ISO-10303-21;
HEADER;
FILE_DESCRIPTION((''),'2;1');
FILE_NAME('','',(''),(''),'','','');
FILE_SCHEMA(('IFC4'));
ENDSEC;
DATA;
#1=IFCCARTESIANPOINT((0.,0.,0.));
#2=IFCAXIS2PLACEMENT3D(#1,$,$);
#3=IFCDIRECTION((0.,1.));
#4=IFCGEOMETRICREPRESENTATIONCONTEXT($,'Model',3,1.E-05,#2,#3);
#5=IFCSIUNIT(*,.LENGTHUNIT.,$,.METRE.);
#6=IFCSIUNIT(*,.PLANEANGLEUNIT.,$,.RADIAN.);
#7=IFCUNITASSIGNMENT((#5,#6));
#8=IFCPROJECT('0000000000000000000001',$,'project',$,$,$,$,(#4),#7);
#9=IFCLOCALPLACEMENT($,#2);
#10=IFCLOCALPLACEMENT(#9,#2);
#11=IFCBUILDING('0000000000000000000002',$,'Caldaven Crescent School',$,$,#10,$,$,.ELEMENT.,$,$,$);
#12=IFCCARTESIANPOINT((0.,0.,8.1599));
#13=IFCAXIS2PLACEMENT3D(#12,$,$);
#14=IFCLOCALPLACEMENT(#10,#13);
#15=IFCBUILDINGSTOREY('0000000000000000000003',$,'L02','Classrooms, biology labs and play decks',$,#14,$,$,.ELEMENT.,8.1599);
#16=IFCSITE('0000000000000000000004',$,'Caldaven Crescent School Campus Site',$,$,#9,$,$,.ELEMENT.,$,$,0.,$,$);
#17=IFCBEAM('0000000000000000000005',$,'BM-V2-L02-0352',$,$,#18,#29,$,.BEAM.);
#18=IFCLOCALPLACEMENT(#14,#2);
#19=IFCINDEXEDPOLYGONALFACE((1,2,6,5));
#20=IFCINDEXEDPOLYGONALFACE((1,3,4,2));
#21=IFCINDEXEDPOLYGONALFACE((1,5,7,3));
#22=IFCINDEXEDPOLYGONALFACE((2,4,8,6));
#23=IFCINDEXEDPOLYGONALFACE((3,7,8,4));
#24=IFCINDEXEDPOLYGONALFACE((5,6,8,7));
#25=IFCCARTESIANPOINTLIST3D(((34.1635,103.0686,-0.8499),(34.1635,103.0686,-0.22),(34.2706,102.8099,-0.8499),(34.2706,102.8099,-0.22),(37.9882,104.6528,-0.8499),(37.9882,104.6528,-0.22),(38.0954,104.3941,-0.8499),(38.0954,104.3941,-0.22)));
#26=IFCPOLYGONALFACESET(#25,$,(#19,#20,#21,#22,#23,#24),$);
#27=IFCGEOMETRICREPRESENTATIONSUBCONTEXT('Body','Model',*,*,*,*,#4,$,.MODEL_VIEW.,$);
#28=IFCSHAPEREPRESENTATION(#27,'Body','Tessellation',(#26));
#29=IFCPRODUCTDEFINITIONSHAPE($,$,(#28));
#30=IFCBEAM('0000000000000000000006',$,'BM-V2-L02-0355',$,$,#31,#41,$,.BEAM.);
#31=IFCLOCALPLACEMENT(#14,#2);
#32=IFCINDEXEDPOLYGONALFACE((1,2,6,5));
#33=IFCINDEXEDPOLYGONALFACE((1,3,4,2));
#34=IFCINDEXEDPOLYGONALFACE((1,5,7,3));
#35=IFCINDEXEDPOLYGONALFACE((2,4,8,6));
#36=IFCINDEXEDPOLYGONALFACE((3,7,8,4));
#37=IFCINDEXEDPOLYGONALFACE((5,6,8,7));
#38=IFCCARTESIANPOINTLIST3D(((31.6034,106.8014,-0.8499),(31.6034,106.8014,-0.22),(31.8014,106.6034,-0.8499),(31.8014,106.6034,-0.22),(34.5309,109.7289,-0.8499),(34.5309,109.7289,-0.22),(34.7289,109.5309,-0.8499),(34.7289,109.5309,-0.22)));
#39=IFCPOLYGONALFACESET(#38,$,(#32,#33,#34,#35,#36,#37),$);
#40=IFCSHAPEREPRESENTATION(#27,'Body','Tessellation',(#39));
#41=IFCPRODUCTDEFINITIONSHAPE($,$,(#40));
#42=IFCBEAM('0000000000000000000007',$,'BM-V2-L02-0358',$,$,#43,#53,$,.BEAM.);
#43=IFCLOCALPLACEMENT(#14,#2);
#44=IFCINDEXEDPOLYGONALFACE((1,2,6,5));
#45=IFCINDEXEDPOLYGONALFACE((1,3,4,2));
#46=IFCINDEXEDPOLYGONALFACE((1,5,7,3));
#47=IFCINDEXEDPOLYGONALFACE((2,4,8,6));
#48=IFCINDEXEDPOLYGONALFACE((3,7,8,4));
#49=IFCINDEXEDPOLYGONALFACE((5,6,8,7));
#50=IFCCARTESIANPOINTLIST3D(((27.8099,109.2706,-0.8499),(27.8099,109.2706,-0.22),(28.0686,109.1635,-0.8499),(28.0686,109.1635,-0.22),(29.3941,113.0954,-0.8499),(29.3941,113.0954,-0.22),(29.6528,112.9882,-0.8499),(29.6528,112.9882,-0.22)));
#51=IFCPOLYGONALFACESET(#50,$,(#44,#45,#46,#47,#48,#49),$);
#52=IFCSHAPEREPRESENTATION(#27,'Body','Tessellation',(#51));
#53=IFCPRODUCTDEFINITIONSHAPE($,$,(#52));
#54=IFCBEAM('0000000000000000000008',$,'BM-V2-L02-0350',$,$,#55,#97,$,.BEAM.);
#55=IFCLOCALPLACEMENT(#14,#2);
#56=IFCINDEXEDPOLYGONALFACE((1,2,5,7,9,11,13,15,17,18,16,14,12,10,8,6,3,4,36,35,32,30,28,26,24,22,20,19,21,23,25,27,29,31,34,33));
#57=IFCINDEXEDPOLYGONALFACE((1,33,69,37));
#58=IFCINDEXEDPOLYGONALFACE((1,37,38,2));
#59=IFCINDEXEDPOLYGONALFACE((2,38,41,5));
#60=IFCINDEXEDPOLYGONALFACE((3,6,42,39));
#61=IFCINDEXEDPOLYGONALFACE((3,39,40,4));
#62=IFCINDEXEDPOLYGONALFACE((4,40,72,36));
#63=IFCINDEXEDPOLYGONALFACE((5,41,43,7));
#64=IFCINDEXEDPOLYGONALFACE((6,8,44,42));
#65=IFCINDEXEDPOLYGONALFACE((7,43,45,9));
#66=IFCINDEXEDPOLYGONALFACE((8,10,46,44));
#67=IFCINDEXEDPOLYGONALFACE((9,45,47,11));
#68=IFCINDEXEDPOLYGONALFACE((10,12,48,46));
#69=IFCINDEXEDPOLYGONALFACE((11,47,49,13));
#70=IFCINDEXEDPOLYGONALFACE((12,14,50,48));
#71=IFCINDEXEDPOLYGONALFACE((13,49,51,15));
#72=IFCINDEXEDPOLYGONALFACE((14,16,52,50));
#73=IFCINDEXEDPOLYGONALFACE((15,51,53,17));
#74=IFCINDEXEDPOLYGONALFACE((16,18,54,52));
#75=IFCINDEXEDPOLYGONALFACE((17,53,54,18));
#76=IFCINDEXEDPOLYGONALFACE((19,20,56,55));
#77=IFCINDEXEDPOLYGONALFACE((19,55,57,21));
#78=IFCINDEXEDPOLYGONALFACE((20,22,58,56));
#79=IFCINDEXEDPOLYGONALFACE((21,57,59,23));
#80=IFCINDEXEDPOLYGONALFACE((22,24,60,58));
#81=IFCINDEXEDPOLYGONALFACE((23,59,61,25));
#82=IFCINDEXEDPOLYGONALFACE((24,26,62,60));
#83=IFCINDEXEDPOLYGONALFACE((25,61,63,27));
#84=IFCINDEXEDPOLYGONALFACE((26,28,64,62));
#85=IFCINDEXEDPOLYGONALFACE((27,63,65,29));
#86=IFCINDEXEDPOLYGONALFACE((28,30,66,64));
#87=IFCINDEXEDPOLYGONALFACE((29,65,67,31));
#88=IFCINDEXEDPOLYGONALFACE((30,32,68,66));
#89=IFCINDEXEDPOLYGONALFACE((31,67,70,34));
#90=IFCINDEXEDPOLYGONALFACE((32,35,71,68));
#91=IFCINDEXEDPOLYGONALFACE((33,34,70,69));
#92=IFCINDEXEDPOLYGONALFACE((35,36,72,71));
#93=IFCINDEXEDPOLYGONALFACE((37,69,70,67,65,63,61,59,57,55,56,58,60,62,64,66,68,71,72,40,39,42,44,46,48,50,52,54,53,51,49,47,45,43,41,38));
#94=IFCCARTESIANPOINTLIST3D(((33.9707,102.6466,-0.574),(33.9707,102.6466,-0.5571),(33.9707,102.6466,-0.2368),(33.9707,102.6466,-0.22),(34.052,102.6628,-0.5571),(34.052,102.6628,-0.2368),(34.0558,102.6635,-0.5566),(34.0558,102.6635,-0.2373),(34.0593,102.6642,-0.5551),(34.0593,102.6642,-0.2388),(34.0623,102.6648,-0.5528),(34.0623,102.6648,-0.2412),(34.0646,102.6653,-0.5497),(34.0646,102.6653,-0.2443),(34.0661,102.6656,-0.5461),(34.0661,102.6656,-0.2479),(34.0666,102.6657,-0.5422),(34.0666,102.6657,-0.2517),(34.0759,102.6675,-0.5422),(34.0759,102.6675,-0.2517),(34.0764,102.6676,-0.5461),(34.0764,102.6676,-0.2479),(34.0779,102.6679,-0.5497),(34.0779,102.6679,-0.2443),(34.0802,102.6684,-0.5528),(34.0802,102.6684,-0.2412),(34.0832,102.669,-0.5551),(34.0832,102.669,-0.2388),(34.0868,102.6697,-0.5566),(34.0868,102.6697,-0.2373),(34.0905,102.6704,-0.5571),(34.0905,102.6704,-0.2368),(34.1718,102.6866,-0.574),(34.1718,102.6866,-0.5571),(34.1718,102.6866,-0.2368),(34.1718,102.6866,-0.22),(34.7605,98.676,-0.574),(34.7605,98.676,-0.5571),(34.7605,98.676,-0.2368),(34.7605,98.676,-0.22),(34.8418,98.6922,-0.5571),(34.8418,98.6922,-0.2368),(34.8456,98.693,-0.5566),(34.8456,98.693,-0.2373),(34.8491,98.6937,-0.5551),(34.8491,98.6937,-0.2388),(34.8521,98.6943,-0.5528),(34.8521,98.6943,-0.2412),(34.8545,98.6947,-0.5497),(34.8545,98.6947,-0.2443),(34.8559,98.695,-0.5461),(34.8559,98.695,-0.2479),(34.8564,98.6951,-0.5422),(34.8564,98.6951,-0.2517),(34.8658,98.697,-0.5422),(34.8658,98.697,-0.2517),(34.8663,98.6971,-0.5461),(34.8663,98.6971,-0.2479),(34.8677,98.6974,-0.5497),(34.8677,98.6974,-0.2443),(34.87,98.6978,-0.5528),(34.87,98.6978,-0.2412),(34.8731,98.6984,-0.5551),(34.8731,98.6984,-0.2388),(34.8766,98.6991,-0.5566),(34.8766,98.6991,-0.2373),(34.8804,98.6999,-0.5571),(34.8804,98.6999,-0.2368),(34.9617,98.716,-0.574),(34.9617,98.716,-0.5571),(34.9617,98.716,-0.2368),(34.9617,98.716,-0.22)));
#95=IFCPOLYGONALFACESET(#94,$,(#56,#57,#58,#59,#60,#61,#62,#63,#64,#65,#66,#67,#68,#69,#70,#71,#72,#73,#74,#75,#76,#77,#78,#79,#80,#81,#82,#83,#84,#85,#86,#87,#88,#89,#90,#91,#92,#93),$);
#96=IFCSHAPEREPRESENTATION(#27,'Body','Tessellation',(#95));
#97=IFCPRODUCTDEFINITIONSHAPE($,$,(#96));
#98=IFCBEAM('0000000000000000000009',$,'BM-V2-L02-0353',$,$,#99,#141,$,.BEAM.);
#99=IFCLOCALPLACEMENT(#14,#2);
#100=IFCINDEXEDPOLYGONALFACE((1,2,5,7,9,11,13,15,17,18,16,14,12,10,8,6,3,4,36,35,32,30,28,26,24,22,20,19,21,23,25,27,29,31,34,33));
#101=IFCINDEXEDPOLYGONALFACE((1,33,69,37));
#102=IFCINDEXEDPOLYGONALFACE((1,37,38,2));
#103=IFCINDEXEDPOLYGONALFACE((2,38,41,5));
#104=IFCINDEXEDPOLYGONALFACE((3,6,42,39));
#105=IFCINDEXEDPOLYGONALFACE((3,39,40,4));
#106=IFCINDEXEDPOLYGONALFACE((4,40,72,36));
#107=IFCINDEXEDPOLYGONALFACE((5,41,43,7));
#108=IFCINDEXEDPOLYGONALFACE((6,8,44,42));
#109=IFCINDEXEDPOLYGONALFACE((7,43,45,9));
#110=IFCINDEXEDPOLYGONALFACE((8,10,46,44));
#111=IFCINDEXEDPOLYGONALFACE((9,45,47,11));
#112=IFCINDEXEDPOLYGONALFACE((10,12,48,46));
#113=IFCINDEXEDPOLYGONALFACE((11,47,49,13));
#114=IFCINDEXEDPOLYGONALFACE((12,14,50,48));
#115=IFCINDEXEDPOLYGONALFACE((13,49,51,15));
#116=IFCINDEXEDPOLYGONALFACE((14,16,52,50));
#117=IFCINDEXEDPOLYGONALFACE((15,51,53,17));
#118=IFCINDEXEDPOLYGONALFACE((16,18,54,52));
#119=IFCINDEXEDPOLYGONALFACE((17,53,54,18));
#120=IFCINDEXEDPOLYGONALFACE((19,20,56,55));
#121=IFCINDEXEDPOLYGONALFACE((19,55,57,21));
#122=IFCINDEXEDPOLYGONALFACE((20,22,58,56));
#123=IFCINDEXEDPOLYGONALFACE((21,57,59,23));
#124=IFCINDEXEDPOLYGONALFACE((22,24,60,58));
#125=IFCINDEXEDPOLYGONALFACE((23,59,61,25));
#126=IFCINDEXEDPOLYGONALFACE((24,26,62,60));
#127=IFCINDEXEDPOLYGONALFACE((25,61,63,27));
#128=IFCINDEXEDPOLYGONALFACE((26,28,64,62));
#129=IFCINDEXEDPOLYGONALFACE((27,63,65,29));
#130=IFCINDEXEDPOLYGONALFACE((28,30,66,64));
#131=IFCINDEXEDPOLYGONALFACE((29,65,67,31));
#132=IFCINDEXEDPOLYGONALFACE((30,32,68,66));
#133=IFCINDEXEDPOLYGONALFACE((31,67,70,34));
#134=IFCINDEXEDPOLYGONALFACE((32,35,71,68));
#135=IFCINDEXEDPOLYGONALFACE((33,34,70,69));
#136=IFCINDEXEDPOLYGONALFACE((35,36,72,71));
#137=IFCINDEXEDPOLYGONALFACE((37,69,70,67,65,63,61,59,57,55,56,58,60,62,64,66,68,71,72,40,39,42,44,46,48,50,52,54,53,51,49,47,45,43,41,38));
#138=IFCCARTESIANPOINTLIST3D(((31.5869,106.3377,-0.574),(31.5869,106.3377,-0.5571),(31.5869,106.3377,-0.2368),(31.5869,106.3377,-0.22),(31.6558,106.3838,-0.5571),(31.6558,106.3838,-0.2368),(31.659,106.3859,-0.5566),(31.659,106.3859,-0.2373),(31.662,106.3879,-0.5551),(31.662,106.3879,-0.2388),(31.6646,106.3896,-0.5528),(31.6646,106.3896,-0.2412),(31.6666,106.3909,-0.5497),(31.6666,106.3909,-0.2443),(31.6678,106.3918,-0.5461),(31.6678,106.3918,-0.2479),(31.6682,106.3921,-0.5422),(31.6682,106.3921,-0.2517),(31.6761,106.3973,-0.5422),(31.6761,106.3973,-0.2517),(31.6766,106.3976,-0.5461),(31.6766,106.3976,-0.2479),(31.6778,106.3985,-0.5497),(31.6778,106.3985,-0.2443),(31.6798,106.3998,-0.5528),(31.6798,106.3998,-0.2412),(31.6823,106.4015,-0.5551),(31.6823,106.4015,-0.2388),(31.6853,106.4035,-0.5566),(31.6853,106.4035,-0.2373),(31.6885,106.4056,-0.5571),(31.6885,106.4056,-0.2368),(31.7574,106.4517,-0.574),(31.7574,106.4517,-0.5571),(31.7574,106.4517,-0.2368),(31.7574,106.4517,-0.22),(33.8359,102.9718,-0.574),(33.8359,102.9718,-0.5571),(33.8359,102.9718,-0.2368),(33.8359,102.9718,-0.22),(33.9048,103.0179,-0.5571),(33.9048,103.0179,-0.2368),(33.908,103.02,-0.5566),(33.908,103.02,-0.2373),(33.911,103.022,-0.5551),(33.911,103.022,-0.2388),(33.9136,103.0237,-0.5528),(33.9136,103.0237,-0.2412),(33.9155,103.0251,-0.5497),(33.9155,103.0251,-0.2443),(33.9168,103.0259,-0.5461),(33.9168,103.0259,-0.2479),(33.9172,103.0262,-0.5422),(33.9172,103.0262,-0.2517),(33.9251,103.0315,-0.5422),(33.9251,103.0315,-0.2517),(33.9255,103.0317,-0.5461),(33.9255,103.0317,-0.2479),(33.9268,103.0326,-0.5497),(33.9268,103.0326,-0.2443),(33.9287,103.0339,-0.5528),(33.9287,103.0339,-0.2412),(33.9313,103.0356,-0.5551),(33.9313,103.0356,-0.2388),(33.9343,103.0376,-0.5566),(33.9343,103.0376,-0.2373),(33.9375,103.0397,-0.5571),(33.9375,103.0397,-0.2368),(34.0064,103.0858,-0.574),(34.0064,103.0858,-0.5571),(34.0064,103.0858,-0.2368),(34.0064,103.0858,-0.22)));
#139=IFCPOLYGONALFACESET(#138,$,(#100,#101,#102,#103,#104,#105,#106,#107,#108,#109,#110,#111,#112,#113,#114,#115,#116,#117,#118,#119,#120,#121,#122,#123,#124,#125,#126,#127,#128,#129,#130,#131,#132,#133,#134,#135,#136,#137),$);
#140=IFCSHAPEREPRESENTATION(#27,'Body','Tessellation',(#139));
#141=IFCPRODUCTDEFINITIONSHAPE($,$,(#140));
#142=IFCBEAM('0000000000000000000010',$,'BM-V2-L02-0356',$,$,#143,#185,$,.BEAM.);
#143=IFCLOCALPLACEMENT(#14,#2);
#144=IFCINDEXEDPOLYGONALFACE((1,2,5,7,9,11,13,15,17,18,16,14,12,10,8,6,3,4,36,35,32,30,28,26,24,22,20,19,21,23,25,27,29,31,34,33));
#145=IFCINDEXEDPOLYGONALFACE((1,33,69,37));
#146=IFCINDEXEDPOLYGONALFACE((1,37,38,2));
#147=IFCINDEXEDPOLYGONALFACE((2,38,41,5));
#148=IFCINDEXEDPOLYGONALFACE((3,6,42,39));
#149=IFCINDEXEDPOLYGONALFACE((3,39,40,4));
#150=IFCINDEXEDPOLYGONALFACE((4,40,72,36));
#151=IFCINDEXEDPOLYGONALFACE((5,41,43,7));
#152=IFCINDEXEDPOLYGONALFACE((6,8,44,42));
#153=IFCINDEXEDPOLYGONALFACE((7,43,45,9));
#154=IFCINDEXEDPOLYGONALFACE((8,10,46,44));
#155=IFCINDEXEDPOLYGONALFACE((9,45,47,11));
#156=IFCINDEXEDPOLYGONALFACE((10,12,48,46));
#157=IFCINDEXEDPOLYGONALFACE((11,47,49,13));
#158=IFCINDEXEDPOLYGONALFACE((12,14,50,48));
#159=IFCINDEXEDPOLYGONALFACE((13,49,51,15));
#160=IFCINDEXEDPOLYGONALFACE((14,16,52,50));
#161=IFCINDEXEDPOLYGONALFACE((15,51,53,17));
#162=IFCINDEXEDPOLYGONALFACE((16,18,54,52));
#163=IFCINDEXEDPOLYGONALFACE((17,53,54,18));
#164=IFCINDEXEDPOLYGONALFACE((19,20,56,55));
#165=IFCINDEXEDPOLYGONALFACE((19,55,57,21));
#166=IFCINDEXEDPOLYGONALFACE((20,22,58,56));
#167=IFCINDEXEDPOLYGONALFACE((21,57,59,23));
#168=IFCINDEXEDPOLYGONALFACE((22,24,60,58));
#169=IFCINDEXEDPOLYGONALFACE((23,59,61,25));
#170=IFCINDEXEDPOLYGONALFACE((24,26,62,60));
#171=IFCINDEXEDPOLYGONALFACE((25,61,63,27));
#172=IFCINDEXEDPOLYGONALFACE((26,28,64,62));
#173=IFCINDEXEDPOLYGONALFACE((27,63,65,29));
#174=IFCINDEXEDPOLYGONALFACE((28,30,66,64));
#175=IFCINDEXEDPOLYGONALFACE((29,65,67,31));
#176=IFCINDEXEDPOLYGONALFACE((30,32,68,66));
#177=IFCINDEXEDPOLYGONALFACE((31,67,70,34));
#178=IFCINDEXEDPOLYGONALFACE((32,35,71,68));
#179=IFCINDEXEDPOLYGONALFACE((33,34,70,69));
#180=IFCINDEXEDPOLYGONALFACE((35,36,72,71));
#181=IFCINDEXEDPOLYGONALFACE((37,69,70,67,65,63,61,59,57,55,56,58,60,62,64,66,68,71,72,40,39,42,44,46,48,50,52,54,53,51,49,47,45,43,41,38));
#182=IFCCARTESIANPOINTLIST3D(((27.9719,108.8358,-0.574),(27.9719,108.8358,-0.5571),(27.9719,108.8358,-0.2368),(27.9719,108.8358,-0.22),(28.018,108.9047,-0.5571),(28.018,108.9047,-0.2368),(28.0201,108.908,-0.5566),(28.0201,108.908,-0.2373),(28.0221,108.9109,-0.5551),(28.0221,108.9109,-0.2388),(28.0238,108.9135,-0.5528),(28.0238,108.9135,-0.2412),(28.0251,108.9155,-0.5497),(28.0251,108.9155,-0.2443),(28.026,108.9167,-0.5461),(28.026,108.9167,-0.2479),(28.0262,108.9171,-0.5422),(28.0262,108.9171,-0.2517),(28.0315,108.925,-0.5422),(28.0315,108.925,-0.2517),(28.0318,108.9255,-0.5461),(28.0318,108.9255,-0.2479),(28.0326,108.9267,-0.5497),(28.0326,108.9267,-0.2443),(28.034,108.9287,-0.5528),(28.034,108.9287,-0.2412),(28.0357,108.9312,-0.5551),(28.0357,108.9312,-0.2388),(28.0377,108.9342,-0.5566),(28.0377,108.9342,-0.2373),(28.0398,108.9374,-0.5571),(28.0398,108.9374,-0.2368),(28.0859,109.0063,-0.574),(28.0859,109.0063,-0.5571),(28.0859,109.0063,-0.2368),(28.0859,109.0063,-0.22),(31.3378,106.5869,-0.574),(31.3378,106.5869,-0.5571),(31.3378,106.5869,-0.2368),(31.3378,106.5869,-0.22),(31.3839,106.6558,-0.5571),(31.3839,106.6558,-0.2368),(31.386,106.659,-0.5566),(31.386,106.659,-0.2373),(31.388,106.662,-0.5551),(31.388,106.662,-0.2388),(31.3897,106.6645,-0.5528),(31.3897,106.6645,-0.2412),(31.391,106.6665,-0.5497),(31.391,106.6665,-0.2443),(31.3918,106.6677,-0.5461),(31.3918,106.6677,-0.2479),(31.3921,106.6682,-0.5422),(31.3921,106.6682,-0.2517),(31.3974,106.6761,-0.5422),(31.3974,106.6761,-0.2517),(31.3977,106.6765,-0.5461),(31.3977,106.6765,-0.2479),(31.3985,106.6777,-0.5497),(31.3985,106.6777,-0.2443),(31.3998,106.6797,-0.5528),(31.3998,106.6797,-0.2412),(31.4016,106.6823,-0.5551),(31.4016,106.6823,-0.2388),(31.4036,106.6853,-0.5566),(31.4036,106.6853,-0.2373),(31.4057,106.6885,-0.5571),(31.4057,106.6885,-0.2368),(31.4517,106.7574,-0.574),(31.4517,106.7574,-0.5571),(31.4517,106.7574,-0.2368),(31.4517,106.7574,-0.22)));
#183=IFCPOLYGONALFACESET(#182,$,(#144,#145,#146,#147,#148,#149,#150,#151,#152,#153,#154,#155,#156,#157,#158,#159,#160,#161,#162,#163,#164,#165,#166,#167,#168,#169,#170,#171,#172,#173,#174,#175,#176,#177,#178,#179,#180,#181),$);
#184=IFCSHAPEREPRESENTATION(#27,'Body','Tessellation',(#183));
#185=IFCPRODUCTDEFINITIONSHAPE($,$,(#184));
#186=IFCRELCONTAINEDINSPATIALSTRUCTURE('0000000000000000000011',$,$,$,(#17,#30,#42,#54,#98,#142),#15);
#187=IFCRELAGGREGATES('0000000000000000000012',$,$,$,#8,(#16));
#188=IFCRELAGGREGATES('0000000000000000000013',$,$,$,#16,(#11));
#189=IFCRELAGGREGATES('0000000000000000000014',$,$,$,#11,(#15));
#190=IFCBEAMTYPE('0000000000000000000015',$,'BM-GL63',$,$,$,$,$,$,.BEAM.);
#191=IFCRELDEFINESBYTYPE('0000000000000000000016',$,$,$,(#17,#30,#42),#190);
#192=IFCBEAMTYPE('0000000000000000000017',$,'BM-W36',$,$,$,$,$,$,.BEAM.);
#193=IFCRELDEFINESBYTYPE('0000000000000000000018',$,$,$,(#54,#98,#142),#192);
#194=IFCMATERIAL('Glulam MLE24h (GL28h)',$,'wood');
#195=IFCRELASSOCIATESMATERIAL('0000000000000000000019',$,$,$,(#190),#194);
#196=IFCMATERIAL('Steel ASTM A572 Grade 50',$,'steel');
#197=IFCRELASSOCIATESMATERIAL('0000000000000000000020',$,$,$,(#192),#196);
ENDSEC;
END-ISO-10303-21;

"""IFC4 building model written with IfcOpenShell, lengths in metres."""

from ifc_helpers import new_model, si_unit, direction, frame, origin, origin_2d, place, context, subcontext, project, spatial, rectangle, i_section, extrude, material, material_profile, profile_set, type_object, element, save


model = new_model("IFC4")

# Units and contexts
model_context = context("Model", 3, precision=1e-05, world=origin(), true_north=direction((0.0, 1.0)))
body_context = subcontext(model_context, "Body", "Model", "MODEL_VIEW")
ifc_project = project(units=[si_unit("LENGTHUNIT", "METRE"), si_unit("PLANEANGLEUNIT", "RADIAN")], contexts=[model_context])

# Site, building, storey
site_placement = place(None, origin())
site = spatial("IfcSite", under=ifc_project, at=site_placement, Name="Caldaven Crescent School Campus Site", CompositionType="ELEMENT", RefElevation=0.0)
building_placement = place(site_placement, origin())
building = spatial("IfcBuilding", under=site, at=building_placement, Name="Caldaven Crescent School", CompositionType="ELEMENT")
storey_placement = place(building_placement, frame((0.0, 0.0, 8.1599)))
storey = spatial("IfcBuildingStorey", under=building, at=storey_placement, Name="L02", Description="Classrooms, biology labs and play decks", CompositionType="ELEMENT", Elevation=8.1599)

# Beams
ifc_material_1 = material(Name="Glulam MLE24h (GL28h)", Category="wood")
ifc_material_profile_1 = material_profile(ifc_material_1, rectangle(XDim=0.28, YDim=0.6299, at=origin_2d()), Name="MLE 280x630")
ifc_profile_set_1 = profile_set([ifc_material_profile_1], Name="Glulam MLE24h (GL28h)")
beam_type_1 = type_object("IfcBeamType", Name="BM-GL63", PredefinedType="BEAM", material=ifc_profile_set_1)
beam_1_placement = place(storey_placement, frame((34.217, 102.9392, -0.5349), z_axis=(0.923881, 0.38268, 0.0), x_axis=(-0.38268, 0.923881, 0.0)))
element("IfcBeam", 1, at=beam_1_placement, inside=storey, type_object=beam_type_1, Name="BM-V2-L02-0352", PredefinedType="BEAM", context=body_context, shape_type="SweptSolid", body=[
    extrude(rectangle(XDim=0.28, YDim=0.6299, at=origin_2d()), origin(), (0.0, 0.0, 1.0), 4.1399),
])
beam_2_placement = place(storey_placement, frame((31.7024, 106.7024, -0.5349), z_axis=(0.707107, 0.707107, 0.0), x_axis=(-0.707107, 0.707107, 0.0)))
element("IfcBeam", 2, at=beam_2_placement, inside=storey, type_object=beam_type_1, Name="BM-V2-L02-0355", PredefinedType="BEAM", context=body_context, shape_type="SweptSolid", body=[
    extrude(rectangle(XDim=0.28, YDim=0.6299, at=origin_2d()), origin(), (0.0, 0.0, 1.0), 4.1401),
])
beam_3_placement = place(storey_placement, frame((27.9392, 109.217, -0.5349), z_axis=(0.38268, 0.923881, 0.0), x_axis=(-0.923881, 0.38268, 0.0)))
element("IfcBeam", 3, at=beam_3_placement, inside=storey, type_object=beam_type_1, Name="BM-V2-L02-0358", PredefinedType="BEAM", context=body_context, shape_type="SweptSolid", body=[
    extrude(rectangle(XDim=0.28, YDim=0.6299, at=origin_2d()), origin(), (0.0, 0.0, 1.0), 4.1399),
])
ifc_material_2 = material(Name="Steel ASTM A572 Grade 50", Category="steel")
ifc_material_profile_2 = material_profile(ifc_material_2, i_section(OverallWidth=0.2051, OverallDepth=0.354, WebThickness=0.0095, FlangeThickness=0.0168, FilletRadius=0.0149, at=origin_2d()), Name="W360x79")
ifc_profile_set_2 = profile_set([ifc_material_profile_2], Name="Steel ASTM A572 Grade 50")
beam_type_2 = type_object("IfcBeamType", Name="BM-W36", PredefinedType="BEAM", material=ifc_profile_set_2)
beam_4_placement = place(storey_placement, frame((34.8611, 98.696, -0.397), z_axis=(-0.195095, 0.980784, 0.0), x_axis=(-0.980784, -0.195095, 0.0)))
element("IfcBeam", 4, at=beam_4_placement, inside=storey, type_object=beam_type_2, Name="BM-V2-L02-0350", PredefinedType="BEAM", context=body_context, shape_type="SweptSolid", body=[
    extrude(i_section(OverallWidth=0.2051, OverallDepth=0.354, WebThickness=0.0095, FlangeThickness=0.0168, FilletRadius=0.0149, at=origin_2d()), origin(), (0.0, 0.0, 1.0), 4.0483),
])
for number, where, z_axis, x_axis, name in (
    (5, (33.9211, 103.0288, -0.397), (-0.555563, 0.831475, 0.0), (-0.831475, -0.555563, 0.0), "BM-V2-L02-0353"),
    (6, (31.3948, 106.6721, -0.397), (-0.831475, 0.555563, 0.0), (-0.555563, -0.831475, 0.0), "BM-V2-L02-0356"),
):
    element("IfcBeam", number, at=place(storey_placement, frame(where, z_axis=z_axis, x_axis=x_axis)), inside=storey, type_object=beam_type_2, Name=name, PredefinedType="BEAM", context=body_context, shape_type="SweptSolid", body=[
        extrude(i_section(OverallWidth=0.2051, OverallDepth=0.354, WebThickness=0.0095, FlangeThickness=0.0168, FilletRadius=0.0149, at=origin_2d()), origin(), (0.0, 0.0, 1.0), 4.0481),
    ])

save(model, "model.ifc")
